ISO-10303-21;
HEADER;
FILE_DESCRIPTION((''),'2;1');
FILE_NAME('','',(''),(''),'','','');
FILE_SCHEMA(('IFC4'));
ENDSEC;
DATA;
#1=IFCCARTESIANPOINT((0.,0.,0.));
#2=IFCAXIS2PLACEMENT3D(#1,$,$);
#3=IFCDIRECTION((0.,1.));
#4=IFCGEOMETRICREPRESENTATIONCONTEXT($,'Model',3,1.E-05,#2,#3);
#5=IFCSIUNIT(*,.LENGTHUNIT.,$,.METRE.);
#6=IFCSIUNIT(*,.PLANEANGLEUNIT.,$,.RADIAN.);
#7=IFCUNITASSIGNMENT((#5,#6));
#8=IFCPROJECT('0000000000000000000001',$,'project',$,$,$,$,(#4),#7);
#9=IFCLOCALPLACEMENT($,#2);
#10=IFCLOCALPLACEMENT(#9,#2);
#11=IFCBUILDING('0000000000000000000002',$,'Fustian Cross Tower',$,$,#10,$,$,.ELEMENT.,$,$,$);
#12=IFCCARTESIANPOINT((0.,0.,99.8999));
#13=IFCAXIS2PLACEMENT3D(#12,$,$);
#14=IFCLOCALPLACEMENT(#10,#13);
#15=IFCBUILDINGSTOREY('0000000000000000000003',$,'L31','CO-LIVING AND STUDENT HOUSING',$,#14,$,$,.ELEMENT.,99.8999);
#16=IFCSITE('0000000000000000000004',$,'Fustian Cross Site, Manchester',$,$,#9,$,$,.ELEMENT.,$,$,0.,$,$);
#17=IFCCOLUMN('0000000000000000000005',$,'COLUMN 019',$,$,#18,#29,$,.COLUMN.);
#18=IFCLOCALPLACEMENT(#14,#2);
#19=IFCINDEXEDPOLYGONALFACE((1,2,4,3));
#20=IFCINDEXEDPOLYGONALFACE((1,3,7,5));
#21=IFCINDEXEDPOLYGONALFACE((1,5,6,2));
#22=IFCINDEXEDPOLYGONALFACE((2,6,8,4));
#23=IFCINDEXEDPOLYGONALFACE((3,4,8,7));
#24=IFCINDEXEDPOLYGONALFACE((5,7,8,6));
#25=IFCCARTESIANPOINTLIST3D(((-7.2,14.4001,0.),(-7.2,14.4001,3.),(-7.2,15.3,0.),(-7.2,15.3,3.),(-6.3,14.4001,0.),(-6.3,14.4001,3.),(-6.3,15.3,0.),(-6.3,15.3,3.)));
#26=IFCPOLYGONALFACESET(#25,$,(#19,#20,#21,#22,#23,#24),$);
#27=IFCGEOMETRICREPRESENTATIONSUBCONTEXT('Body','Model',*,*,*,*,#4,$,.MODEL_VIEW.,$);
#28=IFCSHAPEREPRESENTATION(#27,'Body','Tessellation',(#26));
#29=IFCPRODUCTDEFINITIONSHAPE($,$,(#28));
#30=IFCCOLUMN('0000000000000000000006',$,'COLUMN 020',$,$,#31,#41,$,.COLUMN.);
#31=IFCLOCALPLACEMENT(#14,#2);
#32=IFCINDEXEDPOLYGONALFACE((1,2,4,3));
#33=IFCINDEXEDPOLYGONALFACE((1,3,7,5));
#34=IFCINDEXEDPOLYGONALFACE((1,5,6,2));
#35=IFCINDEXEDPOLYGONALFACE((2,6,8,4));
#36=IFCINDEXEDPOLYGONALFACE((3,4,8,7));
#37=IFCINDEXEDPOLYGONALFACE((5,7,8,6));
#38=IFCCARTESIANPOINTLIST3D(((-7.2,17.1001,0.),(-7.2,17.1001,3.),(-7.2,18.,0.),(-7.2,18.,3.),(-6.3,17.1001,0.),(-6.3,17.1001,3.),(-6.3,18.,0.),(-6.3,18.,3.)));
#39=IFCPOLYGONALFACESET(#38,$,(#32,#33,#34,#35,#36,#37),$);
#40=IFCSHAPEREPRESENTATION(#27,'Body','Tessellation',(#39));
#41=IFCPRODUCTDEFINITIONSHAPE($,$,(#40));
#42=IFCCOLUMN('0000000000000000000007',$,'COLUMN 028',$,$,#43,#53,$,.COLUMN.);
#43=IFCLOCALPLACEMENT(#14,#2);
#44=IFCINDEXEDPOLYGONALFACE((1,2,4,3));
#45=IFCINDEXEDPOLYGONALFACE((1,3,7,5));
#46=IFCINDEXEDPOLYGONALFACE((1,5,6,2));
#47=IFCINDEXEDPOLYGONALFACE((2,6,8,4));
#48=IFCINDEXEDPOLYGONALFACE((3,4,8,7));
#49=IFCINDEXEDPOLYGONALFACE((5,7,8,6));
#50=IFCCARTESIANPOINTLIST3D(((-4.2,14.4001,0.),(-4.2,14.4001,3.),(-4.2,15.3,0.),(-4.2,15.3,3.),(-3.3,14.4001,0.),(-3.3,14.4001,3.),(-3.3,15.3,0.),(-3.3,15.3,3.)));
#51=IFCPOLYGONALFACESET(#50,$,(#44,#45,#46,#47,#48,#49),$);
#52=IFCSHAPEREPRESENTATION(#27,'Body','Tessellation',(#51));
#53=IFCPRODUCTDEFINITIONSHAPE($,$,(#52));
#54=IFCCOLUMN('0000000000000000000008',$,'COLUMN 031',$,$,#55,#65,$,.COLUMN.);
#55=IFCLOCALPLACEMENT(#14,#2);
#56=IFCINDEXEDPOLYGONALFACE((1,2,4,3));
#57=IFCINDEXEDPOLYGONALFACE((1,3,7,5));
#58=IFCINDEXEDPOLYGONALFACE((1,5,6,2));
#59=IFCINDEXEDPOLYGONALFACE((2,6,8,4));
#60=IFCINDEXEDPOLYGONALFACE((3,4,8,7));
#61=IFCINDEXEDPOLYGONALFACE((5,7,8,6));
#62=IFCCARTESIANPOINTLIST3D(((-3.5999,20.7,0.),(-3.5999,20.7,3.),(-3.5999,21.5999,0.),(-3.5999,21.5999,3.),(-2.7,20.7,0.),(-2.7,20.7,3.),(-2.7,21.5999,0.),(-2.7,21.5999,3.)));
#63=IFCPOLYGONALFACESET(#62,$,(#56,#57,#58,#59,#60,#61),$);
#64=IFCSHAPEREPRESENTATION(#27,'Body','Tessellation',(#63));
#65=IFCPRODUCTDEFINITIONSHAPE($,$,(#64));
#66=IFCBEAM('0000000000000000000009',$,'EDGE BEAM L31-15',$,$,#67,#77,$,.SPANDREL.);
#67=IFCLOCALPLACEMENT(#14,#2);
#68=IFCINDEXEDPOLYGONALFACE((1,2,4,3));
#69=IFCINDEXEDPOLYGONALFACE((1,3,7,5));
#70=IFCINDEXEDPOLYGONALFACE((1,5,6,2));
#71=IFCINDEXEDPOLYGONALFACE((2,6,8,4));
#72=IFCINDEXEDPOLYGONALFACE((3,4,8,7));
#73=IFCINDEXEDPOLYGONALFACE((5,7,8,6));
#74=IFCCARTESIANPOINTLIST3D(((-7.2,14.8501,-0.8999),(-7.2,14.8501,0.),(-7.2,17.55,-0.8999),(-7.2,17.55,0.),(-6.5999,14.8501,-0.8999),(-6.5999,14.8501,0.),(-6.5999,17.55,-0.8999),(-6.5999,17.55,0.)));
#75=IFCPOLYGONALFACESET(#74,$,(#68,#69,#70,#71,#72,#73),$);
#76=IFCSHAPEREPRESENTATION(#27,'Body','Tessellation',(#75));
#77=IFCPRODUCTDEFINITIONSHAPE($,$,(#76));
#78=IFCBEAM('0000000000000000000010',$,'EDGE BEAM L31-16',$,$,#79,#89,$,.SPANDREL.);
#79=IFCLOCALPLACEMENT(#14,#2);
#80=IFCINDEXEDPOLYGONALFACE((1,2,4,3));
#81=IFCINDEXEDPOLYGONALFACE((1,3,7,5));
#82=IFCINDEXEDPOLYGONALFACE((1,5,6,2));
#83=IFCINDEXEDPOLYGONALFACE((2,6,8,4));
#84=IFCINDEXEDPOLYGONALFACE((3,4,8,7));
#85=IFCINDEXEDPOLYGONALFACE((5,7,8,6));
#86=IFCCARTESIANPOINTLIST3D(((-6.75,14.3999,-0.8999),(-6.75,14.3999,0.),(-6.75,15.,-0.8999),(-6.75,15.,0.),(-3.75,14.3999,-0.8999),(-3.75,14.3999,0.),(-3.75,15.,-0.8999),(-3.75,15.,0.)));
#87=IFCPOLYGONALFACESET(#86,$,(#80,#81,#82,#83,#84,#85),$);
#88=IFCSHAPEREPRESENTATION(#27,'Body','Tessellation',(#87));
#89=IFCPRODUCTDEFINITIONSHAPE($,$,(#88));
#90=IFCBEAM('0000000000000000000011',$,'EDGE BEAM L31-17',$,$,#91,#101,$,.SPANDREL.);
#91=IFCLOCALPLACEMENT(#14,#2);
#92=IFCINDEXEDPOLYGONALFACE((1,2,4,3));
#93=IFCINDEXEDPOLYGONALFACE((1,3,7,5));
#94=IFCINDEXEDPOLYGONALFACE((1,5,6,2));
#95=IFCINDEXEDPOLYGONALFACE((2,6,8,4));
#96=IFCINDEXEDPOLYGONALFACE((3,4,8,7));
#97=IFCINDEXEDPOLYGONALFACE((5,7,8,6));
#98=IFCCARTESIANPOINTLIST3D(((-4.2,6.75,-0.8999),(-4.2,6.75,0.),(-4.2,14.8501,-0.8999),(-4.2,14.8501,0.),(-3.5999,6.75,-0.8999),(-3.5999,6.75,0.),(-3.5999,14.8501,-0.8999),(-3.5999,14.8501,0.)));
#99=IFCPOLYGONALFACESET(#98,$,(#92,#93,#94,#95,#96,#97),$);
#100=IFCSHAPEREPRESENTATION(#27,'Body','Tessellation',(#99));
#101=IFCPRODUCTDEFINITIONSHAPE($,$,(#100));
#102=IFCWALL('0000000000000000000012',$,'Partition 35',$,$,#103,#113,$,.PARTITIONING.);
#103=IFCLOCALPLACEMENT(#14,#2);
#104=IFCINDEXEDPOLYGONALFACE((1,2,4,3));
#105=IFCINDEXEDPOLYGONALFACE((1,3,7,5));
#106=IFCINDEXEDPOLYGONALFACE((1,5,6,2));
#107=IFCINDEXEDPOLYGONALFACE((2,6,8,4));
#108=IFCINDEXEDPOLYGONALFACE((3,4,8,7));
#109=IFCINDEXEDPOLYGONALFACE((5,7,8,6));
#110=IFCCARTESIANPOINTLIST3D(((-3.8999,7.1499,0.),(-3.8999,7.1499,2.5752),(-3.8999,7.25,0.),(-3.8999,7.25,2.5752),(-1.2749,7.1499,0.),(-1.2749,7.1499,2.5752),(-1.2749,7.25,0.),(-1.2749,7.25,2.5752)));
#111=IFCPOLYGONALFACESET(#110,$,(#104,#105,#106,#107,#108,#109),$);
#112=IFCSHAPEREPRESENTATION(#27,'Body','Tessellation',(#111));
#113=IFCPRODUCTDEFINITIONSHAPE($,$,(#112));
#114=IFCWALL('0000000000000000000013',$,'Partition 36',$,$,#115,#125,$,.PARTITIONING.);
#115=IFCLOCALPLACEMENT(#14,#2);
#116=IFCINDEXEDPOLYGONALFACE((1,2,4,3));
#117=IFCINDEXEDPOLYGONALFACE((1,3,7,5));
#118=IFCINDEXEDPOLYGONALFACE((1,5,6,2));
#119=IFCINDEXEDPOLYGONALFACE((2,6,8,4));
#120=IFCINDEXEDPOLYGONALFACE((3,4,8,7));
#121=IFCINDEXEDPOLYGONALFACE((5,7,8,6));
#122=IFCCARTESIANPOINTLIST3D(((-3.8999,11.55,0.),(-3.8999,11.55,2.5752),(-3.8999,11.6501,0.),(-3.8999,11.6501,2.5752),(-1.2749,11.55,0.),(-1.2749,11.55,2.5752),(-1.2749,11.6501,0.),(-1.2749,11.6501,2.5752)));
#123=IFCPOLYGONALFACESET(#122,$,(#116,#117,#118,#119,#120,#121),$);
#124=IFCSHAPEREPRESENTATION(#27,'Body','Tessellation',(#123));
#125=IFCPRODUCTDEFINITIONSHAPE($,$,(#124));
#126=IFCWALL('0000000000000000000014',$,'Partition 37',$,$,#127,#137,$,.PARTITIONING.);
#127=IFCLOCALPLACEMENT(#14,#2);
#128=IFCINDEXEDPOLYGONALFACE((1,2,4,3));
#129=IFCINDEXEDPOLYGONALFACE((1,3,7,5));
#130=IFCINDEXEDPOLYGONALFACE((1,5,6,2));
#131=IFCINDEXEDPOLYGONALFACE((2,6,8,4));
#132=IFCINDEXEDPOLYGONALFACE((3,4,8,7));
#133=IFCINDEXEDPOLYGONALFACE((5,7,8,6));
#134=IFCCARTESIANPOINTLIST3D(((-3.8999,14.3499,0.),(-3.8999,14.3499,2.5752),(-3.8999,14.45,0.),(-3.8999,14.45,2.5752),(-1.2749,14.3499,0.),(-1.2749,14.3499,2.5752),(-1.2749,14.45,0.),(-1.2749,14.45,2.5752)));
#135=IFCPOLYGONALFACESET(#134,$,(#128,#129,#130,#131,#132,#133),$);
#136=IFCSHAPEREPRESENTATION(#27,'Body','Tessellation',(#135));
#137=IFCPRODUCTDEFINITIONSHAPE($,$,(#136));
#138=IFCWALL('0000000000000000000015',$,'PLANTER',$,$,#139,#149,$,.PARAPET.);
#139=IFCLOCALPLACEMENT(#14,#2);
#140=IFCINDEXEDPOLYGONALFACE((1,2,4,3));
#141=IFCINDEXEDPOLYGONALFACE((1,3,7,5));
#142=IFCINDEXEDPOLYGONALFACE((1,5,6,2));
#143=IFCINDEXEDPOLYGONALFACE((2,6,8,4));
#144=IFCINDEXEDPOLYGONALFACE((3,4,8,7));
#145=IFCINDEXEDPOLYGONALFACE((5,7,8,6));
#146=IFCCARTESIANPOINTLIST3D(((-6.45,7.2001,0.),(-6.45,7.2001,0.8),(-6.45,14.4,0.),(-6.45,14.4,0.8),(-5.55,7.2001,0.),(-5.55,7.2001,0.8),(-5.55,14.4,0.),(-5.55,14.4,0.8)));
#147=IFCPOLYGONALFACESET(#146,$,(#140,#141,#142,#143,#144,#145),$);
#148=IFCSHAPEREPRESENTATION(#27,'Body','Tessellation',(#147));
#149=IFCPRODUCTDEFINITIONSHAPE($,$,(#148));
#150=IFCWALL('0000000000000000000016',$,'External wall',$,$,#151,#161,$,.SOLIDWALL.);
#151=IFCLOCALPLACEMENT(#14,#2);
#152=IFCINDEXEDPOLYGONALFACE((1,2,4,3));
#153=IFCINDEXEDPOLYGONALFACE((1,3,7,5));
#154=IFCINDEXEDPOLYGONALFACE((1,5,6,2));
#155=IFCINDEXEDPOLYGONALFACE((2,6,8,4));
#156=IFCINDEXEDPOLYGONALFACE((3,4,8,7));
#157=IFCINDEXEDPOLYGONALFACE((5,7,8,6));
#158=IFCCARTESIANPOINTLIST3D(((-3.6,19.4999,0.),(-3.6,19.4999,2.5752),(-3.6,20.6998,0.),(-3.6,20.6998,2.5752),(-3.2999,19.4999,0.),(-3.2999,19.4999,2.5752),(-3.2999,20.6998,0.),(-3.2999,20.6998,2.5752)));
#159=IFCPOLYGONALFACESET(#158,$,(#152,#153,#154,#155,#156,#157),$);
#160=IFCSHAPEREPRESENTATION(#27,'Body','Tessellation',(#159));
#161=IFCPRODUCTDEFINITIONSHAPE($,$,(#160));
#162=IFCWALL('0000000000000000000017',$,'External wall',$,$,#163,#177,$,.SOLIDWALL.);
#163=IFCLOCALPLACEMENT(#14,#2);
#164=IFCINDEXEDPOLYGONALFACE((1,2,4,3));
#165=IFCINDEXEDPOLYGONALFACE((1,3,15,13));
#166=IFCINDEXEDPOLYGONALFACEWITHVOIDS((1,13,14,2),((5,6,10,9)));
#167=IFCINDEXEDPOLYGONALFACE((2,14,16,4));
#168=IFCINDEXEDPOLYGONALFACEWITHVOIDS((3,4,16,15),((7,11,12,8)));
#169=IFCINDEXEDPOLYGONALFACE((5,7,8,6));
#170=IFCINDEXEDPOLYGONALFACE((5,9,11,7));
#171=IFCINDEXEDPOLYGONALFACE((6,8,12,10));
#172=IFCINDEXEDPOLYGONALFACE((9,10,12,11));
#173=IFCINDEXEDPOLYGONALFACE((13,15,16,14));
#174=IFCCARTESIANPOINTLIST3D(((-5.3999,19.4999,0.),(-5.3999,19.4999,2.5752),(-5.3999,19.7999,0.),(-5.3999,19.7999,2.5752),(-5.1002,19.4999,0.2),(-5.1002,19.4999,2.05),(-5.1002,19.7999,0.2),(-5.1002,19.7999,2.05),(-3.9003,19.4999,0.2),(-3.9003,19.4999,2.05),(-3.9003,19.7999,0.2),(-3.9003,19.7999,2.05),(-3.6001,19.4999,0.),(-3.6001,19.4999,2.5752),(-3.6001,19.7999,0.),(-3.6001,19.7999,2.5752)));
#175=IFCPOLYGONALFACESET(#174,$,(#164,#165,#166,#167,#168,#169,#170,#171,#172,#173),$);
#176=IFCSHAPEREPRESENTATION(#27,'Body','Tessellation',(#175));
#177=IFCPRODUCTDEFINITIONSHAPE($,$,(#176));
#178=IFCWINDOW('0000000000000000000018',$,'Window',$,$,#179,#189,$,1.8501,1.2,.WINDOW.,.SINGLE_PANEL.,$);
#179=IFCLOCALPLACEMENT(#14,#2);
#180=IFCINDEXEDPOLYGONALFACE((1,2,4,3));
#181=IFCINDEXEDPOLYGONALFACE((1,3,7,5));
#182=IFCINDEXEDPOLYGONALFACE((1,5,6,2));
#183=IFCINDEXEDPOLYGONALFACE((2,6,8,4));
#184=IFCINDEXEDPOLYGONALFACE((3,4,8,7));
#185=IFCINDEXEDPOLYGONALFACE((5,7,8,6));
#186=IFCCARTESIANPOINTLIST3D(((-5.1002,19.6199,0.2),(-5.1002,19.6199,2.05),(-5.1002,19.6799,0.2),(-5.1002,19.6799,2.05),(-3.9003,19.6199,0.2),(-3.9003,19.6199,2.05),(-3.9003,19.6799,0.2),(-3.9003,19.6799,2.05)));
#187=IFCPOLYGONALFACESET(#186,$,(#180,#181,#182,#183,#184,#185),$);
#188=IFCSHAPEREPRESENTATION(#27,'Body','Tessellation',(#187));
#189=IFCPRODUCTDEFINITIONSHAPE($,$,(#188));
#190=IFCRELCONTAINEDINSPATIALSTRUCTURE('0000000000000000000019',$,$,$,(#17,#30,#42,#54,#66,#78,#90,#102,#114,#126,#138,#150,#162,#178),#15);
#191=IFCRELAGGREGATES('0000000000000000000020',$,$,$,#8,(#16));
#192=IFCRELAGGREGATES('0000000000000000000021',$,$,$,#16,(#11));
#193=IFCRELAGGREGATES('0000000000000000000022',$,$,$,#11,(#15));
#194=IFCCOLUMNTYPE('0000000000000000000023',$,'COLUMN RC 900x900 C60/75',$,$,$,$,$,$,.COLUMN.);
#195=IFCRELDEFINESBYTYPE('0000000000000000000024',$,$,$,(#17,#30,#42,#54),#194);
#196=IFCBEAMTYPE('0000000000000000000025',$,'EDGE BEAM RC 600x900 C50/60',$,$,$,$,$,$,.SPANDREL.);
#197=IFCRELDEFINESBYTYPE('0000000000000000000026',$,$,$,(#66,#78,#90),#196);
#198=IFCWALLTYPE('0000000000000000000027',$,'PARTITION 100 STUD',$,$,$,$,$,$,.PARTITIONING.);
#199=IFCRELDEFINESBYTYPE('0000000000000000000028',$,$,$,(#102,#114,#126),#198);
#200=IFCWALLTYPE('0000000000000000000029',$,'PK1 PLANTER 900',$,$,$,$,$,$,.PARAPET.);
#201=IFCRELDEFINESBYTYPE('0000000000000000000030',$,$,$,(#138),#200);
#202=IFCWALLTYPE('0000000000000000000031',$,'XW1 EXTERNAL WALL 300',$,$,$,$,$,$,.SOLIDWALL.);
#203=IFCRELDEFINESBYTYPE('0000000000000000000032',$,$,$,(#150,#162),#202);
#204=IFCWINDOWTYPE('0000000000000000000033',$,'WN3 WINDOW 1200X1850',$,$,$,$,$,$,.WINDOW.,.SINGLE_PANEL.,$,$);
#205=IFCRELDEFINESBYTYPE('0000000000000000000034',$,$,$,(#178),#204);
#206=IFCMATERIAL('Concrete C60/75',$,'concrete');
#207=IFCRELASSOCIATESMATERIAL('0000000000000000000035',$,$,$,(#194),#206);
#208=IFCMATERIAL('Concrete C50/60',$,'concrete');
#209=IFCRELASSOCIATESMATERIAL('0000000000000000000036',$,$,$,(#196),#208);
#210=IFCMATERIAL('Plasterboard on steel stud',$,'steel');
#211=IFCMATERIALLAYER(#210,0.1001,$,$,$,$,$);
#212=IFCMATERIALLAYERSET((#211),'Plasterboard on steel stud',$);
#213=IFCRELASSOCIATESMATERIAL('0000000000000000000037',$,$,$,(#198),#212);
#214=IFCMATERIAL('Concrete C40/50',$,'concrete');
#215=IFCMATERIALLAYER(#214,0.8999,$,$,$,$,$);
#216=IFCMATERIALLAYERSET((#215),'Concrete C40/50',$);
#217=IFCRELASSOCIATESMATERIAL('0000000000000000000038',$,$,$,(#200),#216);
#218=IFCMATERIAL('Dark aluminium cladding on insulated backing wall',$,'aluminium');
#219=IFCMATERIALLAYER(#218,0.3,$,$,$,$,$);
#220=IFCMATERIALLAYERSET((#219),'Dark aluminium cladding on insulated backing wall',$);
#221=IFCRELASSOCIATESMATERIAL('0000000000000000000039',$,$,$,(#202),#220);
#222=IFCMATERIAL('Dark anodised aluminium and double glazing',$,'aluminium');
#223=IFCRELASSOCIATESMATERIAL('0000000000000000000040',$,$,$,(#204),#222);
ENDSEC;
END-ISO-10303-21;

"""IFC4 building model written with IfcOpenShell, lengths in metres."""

from ifc_helpers import new_model, si_unit, direction, frame, frame_2d, origin, origin_2d, place, context, subcontext, project, spatial, rectangle, extrude, material, layer, layer_set, material_profile, profile_set, type_object, element, fill, save


model = new_model("IFC4")

# Units and contexts
model_context = context("Model", 3, precision=1e-05, world=origin(), true_north=direction((0.0, 1.0)))
body_context = subcontext(model_context, "Body", "Model", "MODEL_VIEW")
ifc_project = project(units=[si_unit("LENGTHUNIT", "METRE"), si_unit("PLANEANGLEUNIT", "RADIAN")], contexts=[model_context])

# Site, building, storey
site_placement = place(None, origin())
site = spatial("IfcSite", under=ifc_project, at=site_placement, Name="Fustian Cross Site, Manchester", CompositionType="ELEMENT", RefElevation=0.0)
building_placement = place(site_placement, origin())
building = spatial("IfcBuilding", under=site, at=building_placement, Name="Fustian Cross Tower", CompositionType="ELEMENT")
storey_placement = place(building_placement, frame((0.0, 0.0, 99.8999)))
storey = spatial("IfcBuildingStorey", under=building, at=storey_placement, Name="L31", Description="CO-LIVING AND STUDENT HOUSING", CompositionType="ELEMENT", Elevation=99.8999)

# Columns
ifc_material_1 = material(Name="Concrete C60/75", Category="concrete")
ifc_material_profile_1 = material_profile(ifc_material_1, rectangle(XDim=0.8999, YDim=0.8999, at=origin_2d()), Name="RC 900x900")
ifc_profile_set_1 = profile_set([ifc_material_profile_1], Name="Concrete C60/75")
column_type = type_object("IfcColumnType", Name="COLUMN RC 900x900 C60/75", PredefinedType="COLUMN", material=ifc_profile_set_1)
for number, where, z_axis, x_axis, name in (
    (1, (-6.75, 14.8501, 0.0), (0.0, 0.0, 1.0), (1.0, 0.0, 0.0), "COLUMN 019"),
    (2, (-6.75, 17.55, 0.0), (0.0, 0.0, 1.0), (1.0, 0.0, 0.0), "COLUMN 020"),
    (3, (-3.75, 14.8501, 0.0), (0.0, 0.0, 1.0), (1.0, 0.0, 0.0), "COLUMN 028"),
    (4, (-3.1499, 21.1499, 0.0), (0.0, 0.0, 1.0), (1.0, 0.0, 0.0), "COLUMN 031"),
):
    element("IfcColumn", number, at=place(storey_placement, frame(where, z_axis=z_axis, x_axis=x_axis)), inside=storey, type_object=column_type, Name=name, PredefinedType="COLUMN", context=body_context, shape_type="SweptSolid", body=[
        extrude(rectangle(XDim=0.8999, YDim=0.8999, at=origin_2d()), origin(), (0.0, 0.0, 1.0), 3.0),
    ])

# Beams
ifc_material_2 = material(Name="Concrete C50/60", Category="concrete")
ifc_material_profile_2 = material_profile(ifc_material_2, rectangle(XDim=0.6001, YDim=0.8999, at=origin_2d()), Name="RC 600x900")
ifc_profile_set_2 = profile_set([ifc_material_profile_2], Name="Concrete C50/60")
beam_type = type_object("IfcBeamType", Name="EDGE BEAM RC 600x900 C50/60", PredefinedType="SPANDREL", material=ifc_profile_set_2)
beam_1_placement = place(storey_placement, frame((-6.8999, 17.55, -0.45), z_axis=(0.0, -1.0, 0.0), x_axis=(1.0, 0.0, 0.0)))
element("IfcBeam", 5, at=beam_1_placement, inside=storey, type_object=beam_type, Name="EDGE BEAM L31-15", PredefinedType="SPANDREL", context=body_context, shape_type="SweptSolid", body=[
    extrude(rectangle(XDim=0.6001, YDim=0.8999, at=origin_2d()), origin(), (0.0, 0.0, 1.0), 2.7),
])
beam_2_placement = place(storey_placement, frame((-6.75, 14.7, -0.45), z_axis=(1.0, 0.0, 0.0), x_axis=(0.0, 1.0, 0.0)))
element("IfcBeam", 6, at=beam_2_placement, inside=storey, type_object=beam_type, Name="EDGE BEAM L31-16", PredefinedType="SPANDREL", context=body_context, shape_type="SweptSolid", body=[
    extrude(rectangle(XDim=0.6001, YDim=0.8999, at=origin_2d()), origin(), (0.0, 0.0, 1.0), 3.0),
])
beam_3_placement = place(storey_placement, frame((-3.8999, 14.8501, -0.45), z_axis=(0.0, -1.0, 0.0), x_axis=(1.0, 0.0, 0.0)))
element("IfcBeam", 7, at=beam_3_placement, inside=storey, type_object=beam_type, Name="EDGE BEAM L31-17", PredefinedType="SPANDREL", context=body_context, shape_type="SweptSolid", body=[
    extrude(rectangle(XDim=0.6001, YDim=0.8999, at=origin_2d()), origin(), (0.0, 0.0, 1.0), 8.1001),
])

# Walls
ifc_material_3 = material(Name="Plasterboard on steel stud", Category="steel")
ifc_layer_1 = layer(ifc_material_3, 0.1001)
ifc_layer_set_1 = layer_set([ifc_layer_1], Name="Plasterboard on steel stud")
wall_type_1 = type_object("IfcWallType", Name="PARTITION 100 STUD", PredefinedType="PARTITIONING", material=ifc_layer_set_1)
for number, where, z_axis, x_axis, name in (
    (8, (-3.8999, 7.2, 0.0), (0.0, 0.0, 1.0), (1.0, 0.0, 0.0), "Partition 35"),
    (9, (-3.8999, 11.6001, 0.0), (0.0, 0.0, 1.0), (1.0, 0.0, 0.0), "Partition 36"),
    (10, (-3.8999, 14.3999, 0.0), (0.0, 0.0, 1.0), (1.0, 0.0, 0.0), "Partition 37"),
):
    element("IfcWall", number, at=place(storey_placement, frame(where, z_axis=z_axis, x_axis=x_axis)), inside=storey, type_object=wall_type_1, Name=name, PredefinedType="PARTITIONING", context=body_context, shape_type="SweptSolid", body=[
        extrude(rectangle(XDim=2.625, YDim=0.1001, at=frame_2d((1.3125, 0.0))), origin(), (0.0, 0.0, 1.0), 2.5752),
    ])
ifc_material_4 = material(Name="Concrete C40/50", Category="concrete")
ifc_layer_2 = layer(ifc_material_4, 0.8999)
ifc_layer_set_2 = layer_set([ifc_layer_2], Name="Concrete C40/50")
wall_type_2 = type_object("IfcWallType", Name="PK1 PLANTER 900", PredefinedType="PARAPET", material=ifc_layer_set_2)
wall_1_placement = place(storey_placement, frame((-6.0, 7.2, 0.0), z_axis=(0.0, 0.0, 1.0), x_axis=(0.0, 1.0, 0.0)))
element("IfcWall", 11, at=wall_1_placement, inside=storey, type_object=wall_type_2, Name="PLANTER", PredefinedType="PARAPET", context=body_context, shape_type="SweptSolid", body=[
    extrude(rectangle(XDim=7.2, YDim=0.8999, at=frame_2d((3.6001, 0.0))), origin(), (0.0, 0.0, 1.0), 0.8),
])
ifc_material_5 = material(Name="Dark aluminium cladding on insulated backing wall", Category="aluminium")
ifc_layer_3 = layer(ifc_material_5, 0.3)
ifc_layer_set_3 = layer_set([ifc_layer_3], Name="Dark aluminium cladding on insulated backing wall")
wall_type_3 = type_object("IfcWallType", Name="XW1 EXTERNAL WALL 300", PredefinedType="SOLIDWALL", material=ifc_layer_set_3)
wall_2_placement = place(storey_placement, frame((-3.45, 20.7, 0.0), z_axis=(0.0, 0.0, 1.0), x_axis=(0.0, -1.0, 0.0)))
element("IfcWall", 12, at=wall_2_placement, inside=storey, type_object=wall_type_3, Name="External wall", PredefinedType="SOLIDWALL", context=body_context, shape_type="SweptSolid", body=[
    extrude(rectangle(XDim=1.2, YDim=0.3, at=frame_2d((0.6001, 0.0))), origin(), (0.0, 0.0, 1.0), 2.5752),
])

# Wall, opening, window
wall_3_placement = place(storey_placement, frame((-3.6001, 19.6499, 0.0), z_axis=(0.0, 0.0, 1.0), x_axis=(-1.0, 0.0, 0.0)))
wall_3 = element("IfcWall", 13, at=wall_3_placement, inside=storey, type_object=wall_type_3, Name="External wall", PredefinedType="SOLIDWALL", context=body_context, shape_type="SweptSolid", body=[
    extrude(rectangle(XDim=1.7998, YDim=0.3, at=frame_2d((0.8999, 0.0))), origin(), (0.0, 0.0, 1.0), 2.5752),
])
opening_1_placement = place(wall_3_placement, frame((0.3, 0.0, 0.2)))
opening_1 = element("IfcOpeningElement", 14, at=opening_1_placement, cuts=wall_3, PredefinedType="OPENING", context=body_context, shape_type="SweptSolid", body=[
    extrude(rectangle(XDim=1.2, YDim=1.8501, at=frame_2d((0.6001, 0.925))), frame((0.0, 0.1599, 0.0), z_axis=(0.0, -1.0, 0.0), x_axis=(1.0, 0.0, 0.0)), (0.0, 0.0, 1.0), 0.3201),
])
ifc_material_6 = material(Name="Dark anodised aluminium and double glazing", Category="aluminium")
window_type_1 = type_object("IfcWindowType", Name="WN3 WINDOW 1200X1850", PartitioningType="SINGLE_PANEL", PredefinedType="WINDOW", material=ifc_material_6)
window_1_placement = place(opening_1_placement, origin())
window_1 = element("IfcWindow", 15, at=window_1_placement, inside=storey, type_object=window_type_1, Name="Window", OverallHeight=1.8501, OverallWidth=1.2, PartitioningType="SINGLE_PANEL", PredefinedType="WINDOW", context=body_context, shape_type="SweptSolid", body=[
    extrude(rectangle(XDim=1.2, YDim=1.8501, at=frame_2d((0.6001, 0.925))), frame((0.0, 0.03, 0.0), z_axis=(0.0, -1.0, 0.0), x_axis=(1.0, 0.0, 0.0)), (0.0, 0.0, 1.0), 0.0601),
])
fill(opening_1, window_1)

save(model, "model.ifc")
